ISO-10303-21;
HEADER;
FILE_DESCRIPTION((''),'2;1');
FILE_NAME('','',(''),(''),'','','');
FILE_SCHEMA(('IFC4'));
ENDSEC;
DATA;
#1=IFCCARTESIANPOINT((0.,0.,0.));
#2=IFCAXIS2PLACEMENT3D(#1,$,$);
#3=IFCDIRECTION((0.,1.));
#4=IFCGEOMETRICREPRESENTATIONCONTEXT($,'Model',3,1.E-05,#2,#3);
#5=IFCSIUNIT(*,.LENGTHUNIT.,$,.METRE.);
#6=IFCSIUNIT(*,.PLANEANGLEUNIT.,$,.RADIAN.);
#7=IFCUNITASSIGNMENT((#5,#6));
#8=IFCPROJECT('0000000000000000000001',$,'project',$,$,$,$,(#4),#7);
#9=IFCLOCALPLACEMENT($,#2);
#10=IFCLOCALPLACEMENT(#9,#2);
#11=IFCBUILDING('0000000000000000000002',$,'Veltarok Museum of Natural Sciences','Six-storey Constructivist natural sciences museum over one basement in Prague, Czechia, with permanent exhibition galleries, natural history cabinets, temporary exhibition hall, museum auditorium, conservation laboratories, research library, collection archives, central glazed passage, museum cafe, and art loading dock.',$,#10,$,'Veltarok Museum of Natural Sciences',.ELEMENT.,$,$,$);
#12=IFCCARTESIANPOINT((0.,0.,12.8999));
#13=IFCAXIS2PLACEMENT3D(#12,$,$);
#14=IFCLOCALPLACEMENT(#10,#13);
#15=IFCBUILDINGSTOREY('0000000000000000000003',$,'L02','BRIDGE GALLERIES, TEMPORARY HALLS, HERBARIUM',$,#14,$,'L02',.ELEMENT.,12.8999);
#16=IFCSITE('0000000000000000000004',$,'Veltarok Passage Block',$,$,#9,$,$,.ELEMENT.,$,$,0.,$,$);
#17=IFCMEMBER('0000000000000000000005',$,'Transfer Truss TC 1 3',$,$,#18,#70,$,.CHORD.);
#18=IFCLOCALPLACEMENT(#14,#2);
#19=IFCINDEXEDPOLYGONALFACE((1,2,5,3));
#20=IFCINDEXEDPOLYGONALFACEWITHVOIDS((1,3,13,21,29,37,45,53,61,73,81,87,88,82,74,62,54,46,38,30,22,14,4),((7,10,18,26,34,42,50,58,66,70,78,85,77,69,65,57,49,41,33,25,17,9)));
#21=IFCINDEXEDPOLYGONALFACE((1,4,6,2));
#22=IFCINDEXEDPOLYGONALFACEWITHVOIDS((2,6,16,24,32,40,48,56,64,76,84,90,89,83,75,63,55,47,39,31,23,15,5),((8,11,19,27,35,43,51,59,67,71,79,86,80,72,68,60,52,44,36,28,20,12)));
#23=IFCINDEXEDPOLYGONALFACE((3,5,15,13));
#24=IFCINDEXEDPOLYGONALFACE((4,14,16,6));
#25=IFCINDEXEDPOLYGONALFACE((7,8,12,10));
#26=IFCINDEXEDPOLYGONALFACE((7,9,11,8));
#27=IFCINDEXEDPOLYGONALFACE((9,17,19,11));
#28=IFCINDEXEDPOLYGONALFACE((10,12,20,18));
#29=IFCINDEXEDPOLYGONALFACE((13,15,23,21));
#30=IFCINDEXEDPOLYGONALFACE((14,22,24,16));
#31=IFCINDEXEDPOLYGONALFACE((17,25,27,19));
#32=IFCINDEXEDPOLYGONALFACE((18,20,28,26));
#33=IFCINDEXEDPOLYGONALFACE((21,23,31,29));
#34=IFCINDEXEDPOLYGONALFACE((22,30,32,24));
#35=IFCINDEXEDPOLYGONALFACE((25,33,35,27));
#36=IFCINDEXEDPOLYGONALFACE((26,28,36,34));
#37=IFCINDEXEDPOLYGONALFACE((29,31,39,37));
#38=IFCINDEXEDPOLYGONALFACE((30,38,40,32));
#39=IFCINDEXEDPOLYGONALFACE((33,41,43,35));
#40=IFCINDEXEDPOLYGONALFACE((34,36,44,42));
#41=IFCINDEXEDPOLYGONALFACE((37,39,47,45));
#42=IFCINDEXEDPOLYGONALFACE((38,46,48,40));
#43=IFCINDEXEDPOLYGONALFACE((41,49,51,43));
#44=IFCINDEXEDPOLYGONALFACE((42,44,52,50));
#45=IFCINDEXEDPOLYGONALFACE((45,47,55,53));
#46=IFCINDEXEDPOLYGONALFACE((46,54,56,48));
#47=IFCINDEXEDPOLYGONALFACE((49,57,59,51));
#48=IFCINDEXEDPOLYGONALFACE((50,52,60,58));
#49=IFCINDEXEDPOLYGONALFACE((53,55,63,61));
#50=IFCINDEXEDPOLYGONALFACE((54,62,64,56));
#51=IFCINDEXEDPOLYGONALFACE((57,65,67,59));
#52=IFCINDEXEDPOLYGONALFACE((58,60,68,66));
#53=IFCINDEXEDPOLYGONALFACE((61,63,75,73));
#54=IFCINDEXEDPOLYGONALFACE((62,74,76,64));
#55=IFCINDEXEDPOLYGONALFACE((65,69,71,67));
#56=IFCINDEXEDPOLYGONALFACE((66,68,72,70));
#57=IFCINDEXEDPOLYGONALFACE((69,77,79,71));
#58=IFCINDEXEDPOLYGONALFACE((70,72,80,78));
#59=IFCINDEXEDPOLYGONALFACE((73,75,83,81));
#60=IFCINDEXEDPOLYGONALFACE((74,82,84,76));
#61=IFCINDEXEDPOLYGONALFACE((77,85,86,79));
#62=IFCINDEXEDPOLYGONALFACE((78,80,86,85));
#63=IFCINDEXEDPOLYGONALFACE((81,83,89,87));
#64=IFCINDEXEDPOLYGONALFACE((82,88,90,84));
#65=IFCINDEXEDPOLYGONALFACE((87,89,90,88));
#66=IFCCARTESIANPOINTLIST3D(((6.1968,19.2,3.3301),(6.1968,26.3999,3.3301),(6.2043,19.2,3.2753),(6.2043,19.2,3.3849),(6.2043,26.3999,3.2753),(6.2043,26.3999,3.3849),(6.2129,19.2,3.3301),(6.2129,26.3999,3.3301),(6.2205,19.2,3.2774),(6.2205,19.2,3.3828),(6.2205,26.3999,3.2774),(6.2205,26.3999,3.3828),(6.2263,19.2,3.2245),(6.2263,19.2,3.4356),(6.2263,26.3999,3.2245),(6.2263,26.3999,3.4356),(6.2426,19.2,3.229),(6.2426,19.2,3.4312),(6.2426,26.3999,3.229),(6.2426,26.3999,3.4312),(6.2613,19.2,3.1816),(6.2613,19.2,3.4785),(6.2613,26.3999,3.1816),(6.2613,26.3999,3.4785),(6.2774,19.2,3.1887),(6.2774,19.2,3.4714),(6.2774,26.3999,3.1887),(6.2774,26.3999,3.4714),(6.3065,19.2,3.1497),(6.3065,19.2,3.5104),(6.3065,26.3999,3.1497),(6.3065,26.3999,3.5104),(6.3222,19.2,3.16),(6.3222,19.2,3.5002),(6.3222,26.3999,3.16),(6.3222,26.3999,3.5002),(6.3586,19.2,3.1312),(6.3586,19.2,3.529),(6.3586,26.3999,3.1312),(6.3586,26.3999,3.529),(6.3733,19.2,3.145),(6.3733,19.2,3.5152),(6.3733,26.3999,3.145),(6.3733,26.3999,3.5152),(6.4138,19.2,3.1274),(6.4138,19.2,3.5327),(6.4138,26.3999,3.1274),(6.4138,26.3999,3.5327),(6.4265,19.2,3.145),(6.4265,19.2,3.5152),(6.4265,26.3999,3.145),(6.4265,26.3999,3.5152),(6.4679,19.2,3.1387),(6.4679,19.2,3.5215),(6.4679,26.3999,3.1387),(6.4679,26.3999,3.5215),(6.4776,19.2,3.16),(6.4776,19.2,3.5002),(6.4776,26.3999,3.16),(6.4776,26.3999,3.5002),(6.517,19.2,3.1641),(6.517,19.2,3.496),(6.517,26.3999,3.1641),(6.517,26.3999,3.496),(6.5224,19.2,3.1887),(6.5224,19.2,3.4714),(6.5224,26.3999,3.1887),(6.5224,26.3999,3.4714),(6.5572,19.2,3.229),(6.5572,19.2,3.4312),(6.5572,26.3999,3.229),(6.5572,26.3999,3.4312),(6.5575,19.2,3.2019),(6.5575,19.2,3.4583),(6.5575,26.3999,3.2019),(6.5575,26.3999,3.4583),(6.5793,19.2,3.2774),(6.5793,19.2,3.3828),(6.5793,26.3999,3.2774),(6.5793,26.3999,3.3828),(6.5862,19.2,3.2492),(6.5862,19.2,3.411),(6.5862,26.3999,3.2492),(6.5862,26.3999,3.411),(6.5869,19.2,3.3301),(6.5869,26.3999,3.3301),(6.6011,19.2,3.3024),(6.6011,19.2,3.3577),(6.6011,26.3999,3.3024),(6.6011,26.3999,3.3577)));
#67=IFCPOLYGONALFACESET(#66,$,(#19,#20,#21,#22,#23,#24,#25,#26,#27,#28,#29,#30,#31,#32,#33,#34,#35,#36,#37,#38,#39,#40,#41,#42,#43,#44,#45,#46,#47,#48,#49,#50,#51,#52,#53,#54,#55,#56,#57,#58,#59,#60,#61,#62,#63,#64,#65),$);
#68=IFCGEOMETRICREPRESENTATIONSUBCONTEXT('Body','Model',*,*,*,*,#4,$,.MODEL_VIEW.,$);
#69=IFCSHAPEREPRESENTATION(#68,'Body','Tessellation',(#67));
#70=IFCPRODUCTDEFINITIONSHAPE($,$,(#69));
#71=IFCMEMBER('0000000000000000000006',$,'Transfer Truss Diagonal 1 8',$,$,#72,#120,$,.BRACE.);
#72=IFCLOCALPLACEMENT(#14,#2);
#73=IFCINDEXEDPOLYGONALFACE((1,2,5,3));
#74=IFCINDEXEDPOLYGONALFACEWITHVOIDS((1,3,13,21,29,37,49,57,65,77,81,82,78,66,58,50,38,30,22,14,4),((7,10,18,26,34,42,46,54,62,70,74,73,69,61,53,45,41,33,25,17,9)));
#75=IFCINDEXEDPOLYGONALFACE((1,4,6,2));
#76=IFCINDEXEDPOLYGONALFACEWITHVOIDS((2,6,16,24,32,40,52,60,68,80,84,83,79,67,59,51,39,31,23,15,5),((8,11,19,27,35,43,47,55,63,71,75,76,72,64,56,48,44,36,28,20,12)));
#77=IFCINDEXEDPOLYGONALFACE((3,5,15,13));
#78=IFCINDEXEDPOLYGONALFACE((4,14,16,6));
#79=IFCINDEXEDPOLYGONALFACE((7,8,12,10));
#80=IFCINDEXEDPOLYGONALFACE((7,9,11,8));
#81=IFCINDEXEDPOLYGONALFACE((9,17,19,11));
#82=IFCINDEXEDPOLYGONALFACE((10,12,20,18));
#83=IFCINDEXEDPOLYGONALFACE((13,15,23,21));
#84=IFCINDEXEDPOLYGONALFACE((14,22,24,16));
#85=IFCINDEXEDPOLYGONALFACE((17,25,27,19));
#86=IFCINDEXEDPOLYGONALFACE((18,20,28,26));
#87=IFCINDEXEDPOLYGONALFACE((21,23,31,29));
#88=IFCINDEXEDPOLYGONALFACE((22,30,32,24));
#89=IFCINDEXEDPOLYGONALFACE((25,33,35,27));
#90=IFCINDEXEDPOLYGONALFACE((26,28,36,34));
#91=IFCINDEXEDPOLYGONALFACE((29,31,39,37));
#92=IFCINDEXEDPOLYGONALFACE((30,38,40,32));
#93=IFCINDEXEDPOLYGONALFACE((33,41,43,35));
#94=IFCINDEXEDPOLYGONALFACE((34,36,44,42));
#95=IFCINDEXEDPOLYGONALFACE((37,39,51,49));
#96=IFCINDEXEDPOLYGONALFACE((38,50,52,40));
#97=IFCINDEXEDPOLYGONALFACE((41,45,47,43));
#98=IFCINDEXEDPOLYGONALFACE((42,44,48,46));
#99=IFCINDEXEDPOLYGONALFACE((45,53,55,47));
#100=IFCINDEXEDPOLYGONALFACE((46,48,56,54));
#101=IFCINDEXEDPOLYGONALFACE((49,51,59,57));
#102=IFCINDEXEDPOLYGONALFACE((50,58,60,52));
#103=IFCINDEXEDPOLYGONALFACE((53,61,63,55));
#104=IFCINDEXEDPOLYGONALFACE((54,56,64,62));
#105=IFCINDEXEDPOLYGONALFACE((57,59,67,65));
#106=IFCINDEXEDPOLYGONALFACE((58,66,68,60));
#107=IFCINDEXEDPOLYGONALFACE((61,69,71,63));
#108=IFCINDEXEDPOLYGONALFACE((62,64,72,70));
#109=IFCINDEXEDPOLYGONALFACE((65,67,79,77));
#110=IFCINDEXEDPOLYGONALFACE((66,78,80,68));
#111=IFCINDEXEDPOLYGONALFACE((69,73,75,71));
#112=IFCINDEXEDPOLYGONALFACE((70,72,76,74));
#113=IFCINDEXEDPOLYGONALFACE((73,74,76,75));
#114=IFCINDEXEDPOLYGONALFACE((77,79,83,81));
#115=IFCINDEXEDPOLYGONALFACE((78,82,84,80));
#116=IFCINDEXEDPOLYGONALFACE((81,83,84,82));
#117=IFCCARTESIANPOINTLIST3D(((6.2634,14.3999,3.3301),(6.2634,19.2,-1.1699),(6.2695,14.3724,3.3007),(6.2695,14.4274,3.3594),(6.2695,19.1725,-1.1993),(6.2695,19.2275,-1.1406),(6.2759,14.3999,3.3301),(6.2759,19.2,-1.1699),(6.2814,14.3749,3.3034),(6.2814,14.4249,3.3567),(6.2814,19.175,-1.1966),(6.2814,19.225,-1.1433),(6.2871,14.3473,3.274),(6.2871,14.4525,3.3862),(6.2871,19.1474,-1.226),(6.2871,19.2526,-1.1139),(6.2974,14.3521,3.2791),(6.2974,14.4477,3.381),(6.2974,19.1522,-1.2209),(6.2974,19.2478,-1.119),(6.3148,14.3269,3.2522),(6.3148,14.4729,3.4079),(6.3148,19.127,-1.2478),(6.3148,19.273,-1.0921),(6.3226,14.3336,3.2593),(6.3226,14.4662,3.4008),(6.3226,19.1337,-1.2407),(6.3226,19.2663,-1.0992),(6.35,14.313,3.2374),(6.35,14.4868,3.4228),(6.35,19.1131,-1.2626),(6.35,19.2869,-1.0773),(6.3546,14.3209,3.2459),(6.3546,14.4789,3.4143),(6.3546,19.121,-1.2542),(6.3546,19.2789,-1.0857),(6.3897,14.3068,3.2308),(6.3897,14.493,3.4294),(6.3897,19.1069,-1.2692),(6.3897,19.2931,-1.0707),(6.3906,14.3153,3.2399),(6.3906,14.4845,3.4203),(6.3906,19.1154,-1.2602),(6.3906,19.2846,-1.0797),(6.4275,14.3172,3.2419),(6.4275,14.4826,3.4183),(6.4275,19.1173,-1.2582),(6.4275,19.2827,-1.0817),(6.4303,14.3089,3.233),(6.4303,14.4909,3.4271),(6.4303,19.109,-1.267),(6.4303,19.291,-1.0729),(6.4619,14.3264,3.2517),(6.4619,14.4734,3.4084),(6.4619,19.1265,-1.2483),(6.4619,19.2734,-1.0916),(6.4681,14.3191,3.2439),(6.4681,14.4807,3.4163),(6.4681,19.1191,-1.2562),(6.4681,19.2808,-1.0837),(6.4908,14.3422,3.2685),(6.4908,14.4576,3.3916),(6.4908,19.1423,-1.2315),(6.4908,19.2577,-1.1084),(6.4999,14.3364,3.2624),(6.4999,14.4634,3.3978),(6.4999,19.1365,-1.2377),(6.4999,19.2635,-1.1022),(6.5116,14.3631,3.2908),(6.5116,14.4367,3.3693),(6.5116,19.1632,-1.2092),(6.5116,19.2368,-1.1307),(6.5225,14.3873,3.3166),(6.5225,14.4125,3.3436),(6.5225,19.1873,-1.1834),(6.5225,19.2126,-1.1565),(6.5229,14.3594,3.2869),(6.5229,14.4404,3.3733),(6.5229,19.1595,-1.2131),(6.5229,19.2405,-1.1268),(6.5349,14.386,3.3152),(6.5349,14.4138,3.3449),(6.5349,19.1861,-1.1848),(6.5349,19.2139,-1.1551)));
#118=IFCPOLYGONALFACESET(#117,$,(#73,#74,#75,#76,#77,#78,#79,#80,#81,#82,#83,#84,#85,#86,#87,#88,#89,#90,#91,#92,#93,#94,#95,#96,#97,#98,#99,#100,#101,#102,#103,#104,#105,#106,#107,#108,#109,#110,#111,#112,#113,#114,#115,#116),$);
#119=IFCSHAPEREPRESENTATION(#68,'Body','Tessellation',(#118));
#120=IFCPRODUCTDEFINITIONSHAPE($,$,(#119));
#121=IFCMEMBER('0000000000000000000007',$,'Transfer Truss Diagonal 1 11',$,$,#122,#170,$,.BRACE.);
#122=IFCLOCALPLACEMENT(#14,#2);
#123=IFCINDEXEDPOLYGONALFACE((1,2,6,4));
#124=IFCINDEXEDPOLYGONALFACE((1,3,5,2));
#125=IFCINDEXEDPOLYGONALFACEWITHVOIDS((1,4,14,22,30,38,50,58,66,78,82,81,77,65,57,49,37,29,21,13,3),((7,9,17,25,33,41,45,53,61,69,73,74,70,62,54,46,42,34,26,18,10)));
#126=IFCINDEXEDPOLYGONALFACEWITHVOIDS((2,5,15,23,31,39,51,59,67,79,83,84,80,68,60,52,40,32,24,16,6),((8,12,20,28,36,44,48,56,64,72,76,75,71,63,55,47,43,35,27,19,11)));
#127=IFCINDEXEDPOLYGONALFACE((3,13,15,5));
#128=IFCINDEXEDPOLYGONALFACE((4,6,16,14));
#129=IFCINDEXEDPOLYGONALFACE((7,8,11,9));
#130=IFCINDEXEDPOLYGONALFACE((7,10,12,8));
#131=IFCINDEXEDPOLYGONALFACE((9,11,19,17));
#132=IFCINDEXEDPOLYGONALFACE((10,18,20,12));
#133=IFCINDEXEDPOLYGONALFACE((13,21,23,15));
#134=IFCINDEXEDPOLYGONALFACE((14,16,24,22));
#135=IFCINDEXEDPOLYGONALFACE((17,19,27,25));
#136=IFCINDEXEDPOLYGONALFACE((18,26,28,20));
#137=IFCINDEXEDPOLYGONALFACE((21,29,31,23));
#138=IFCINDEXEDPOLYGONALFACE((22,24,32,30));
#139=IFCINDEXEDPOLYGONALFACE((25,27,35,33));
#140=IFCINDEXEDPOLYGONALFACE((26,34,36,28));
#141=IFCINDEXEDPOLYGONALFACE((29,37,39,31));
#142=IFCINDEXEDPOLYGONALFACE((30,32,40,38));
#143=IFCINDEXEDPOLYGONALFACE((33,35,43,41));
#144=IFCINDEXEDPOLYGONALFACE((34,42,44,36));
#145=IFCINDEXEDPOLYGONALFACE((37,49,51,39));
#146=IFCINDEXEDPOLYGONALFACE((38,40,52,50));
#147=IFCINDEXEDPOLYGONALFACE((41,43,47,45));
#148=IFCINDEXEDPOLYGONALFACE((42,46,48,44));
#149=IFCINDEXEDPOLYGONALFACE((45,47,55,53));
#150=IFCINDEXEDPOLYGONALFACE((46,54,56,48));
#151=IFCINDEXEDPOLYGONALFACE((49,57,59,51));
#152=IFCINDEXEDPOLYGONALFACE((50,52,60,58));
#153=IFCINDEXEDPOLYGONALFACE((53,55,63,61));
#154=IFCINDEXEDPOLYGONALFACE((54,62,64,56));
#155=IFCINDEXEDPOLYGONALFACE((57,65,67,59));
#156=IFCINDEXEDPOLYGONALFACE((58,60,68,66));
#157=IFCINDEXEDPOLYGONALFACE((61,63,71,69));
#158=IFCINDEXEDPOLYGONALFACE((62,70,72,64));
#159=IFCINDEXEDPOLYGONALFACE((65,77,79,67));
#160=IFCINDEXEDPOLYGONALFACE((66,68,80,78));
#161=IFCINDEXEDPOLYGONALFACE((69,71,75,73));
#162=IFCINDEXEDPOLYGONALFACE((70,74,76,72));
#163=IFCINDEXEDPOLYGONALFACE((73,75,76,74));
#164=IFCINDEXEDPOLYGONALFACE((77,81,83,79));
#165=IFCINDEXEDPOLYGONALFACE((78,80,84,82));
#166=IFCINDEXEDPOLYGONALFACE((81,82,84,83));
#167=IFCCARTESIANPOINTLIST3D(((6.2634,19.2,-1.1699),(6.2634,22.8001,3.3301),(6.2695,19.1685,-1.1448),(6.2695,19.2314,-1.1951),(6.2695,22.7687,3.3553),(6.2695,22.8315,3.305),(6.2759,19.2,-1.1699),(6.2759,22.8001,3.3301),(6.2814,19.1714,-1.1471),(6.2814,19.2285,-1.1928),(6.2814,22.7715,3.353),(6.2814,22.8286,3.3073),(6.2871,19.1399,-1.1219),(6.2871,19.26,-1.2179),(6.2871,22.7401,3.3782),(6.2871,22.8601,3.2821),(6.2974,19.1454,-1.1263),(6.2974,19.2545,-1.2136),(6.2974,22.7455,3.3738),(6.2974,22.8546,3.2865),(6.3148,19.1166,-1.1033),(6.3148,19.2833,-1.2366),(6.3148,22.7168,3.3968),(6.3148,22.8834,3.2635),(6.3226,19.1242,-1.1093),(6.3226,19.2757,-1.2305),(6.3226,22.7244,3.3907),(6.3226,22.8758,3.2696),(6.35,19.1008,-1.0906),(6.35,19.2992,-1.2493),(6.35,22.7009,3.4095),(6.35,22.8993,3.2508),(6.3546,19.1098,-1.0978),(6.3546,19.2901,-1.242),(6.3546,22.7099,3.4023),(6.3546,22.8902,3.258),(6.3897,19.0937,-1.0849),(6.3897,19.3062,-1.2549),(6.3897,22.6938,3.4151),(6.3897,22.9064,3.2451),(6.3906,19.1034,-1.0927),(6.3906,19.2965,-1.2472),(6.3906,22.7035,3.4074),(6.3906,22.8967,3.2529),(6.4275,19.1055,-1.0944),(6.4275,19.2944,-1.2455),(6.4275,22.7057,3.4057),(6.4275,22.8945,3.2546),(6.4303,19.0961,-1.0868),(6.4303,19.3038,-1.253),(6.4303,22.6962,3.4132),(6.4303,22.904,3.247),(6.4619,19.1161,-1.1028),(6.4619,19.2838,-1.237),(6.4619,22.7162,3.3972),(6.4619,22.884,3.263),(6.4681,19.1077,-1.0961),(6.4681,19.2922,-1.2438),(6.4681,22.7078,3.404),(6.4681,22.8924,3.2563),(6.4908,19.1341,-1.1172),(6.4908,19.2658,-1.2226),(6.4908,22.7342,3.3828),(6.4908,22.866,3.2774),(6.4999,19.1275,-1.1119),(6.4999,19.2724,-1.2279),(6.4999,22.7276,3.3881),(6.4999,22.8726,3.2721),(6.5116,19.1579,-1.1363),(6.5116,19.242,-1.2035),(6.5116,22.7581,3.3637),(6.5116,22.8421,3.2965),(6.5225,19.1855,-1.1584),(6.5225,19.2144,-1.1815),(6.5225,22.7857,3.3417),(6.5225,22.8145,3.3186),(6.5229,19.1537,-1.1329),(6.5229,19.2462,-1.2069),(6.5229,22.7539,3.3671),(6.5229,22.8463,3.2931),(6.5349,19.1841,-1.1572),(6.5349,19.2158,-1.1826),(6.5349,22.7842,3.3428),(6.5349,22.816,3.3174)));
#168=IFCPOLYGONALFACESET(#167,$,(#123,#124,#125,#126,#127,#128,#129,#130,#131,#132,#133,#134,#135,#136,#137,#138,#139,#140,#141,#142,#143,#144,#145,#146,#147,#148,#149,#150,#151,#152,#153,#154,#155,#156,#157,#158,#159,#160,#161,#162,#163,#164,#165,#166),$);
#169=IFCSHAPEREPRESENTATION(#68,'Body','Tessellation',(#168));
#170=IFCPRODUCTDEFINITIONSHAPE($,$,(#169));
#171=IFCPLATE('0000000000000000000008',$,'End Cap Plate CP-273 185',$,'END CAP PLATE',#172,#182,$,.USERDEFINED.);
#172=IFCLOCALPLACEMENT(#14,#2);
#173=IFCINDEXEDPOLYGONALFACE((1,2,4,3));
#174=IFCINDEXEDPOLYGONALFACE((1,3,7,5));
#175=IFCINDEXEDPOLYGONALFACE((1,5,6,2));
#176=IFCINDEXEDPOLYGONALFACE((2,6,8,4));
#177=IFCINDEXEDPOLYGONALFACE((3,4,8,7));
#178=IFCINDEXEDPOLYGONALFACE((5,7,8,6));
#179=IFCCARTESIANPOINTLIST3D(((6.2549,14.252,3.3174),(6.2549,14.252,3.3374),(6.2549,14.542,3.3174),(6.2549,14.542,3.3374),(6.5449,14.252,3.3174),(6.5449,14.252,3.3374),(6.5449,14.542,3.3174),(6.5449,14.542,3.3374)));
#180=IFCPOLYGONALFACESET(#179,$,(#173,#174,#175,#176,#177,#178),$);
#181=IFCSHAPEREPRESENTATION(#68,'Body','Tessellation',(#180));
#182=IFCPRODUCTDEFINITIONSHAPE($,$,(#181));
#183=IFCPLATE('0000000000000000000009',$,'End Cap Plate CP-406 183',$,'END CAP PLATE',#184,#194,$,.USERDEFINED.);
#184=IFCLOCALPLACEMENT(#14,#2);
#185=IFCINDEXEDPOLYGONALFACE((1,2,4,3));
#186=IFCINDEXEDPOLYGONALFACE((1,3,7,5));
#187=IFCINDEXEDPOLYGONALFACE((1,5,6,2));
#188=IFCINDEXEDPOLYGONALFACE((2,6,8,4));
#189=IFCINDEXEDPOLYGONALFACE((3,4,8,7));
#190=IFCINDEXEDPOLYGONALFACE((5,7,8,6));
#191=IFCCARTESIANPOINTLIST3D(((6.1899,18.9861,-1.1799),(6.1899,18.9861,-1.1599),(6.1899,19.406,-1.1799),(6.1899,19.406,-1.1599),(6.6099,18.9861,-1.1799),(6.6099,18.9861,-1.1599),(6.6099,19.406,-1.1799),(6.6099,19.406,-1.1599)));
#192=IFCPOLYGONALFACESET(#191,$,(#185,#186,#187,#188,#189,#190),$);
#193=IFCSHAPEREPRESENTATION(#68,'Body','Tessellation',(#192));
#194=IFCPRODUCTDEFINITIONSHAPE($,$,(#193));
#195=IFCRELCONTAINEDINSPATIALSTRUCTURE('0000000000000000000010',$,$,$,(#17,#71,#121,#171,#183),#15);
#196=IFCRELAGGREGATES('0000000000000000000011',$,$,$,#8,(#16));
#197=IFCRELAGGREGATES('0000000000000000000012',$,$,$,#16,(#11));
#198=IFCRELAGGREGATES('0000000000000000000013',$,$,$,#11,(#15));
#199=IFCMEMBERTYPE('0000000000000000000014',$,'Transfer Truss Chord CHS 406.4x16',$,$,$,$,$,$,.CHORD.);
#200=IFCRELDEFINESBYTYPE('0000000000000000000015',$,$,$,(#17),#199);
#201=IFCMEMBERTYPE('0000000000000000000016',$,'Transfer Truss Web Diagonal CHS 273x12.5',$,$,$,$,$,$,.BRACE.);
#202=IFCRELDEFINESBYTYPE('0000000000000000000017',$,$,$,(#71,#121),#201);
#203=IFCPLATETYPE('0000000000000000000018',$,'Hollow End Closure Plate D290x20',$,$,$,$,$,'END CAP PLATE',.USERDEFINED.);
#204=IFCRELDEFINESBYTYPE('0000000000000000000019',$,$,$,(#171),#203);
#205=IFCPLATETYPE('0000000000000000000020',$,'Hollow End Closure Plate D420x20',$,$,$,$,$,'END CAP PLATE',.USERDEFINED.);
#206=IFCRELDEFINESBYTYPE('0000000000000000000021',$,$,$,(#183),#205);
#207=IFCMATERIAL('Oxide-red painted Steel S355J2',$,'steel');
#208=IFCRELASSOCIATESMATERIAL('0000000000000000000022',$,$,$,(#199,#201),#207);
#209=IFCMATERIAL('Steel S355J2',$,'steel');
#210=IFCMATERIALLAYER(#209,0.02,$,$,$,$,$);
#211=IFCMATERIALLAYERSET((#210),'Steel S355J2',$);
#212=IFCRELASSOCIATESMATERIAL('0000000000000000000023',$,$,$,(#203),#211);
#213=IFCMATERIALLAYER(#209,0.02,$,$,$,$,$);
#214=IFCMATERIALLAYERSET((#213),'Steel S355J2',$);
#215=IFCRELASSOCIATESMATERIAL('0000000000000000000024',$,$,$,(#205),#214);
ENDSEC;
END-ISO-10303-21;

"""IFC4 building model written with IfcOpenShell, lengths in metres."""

from ifc_helpers import new_model, si_unit, direction, frame, origin, origin_2d, place, context, subcontext, project, spatial, rectangle, hollow_circle, extrude, material, layer, layer_set, material_profile, profile_set, type_object, element, save


model = new_model("IFC4")

# Units and contexts
model_context = context("Model", 3, precision=1e-05, world=origin(), true_north=direction((0.0, 1.0)))
body_context = subcontext(model_context, "Body", "Model", "MODEL_VIEW")
ifc_project = project(units=[si_unit("LENGTHUNIT", "METRE"), si_unit("PLANEANGLEUNIT", "RADIAN")], contexts=[model_context])

# Site, building, storey
site_placement = place(None, origin())
site = spatial("IfcSite", under=ifc_project, at=site_placement, Name="Veltarok Passage Block", CompositionType="ELEMENT", RefElevation=0.0)
building_placement = place(site_placement, origin())
building = spatial("IfcBuilding", under=site, at=building_placement, Name="Veltarok Museum of Natural Sciences", Description="Six-storey Constructivist natural sciences museum over one basement in Prague, Czechia, with permanent exhibition galleries, natural history cabinets, temporary exhibition hall, museum auditorium, conservation laboratories, research library, collection archives, central glazed passage, museum cafe, and art loading dock.", LongName="Veltarok Museum of Natural Sciences", CompositionType="ELEMENT")
storey_placement = place(building_placement, frame((0.0, 0.0, 12.8999)))
storey = spatial("IfcBuildingStorey", under=building, at=storey_placement, Name="L02", Description="BRIDGE GALLERIES, TEMPORARY HALLS, HERBARIUM", LongName="L02", CompositionType="ELEMENT", Elevation=12.8999)

# Shared definitions
ifc_material_1 = material(Name="Steel S355J2", Category="steel")

# Shared definitions
ifc_material_2 = material(Name="Oxide-red painted Steel S355J2", Category="steel")

# Members
ifc_material_profile_1 = material_profile(ifc_material_2, hollow_circle(Radius=0.2031, WallThickness=0.0161, at=origin_2d()), Name="CHS 406.4x16")
ifc_profile_set_1 = profile_set([ifc_material_profile_1], Name="Oxide-red painted Steel S355J2")
member_type_1 = type_object("IfcMemberType", Name="Transfer Truss Chord CHS 406.4x16", PredefinedType="CHORD", material=ifc_profile_set_1)
for number, where, z_axis, x_axis, name in (
    (1, (6.3999, 19.2, 3.3301), (0.0, 1.0, 0.0), (-1.0, 0.0, 0.0), "Transfer Truss TC 1 3"),
):
    element("IfcMember", number, at=place(storey_placement, frame(where, z_axis=z_axis, x_axis=x_axis)), inside=storey, type_object=member_type_1, Name=name, PredefinedType="CHORD", context=body_context, shape_type="SweptSolid", body=[
        extrude(hollow_circle(Radius=0.2031, WallThickness=0.0161, at=origin_2d()), origin(), (0.0, 0.0, 1.0), 7.2),
    ])
ifc_material_profile_2 = material_profile(ifc_material_2, hollow_circle(Radius=0.1365, WallThickness=0.0125, at=origin_2d()), Name="CHS 273x12.5")
ifc_profile_set_2 = profile_set([ifc_material_profile_2], Name="Oxide-red painted Steel S355J2")
member_type_2 = type_object("IfcMemberType", Name="Transfer Truss Web Diagonal CHS 273x12.5", PredefinedType="BRACE", material=ifc_profile_set_2)
member_1_placement = place(storey_placement, frame((6.3999, 14.3999, 3.3301), z_axis=(0.0, 0.729541, -0.683937), x_axis=(-1.0, 0.0, 0.0)))
element("IfcMember", 2, at=member_1_placement, inside=storey, type_object=member_type_2, Name="Transfer Truss Diagonal 1 8", PredefinedType="BRACE", context=body_context, shape_type="SweptSolid", body=[
    extrude(hollow_circle(Radius=0.1365, WallThickness=0.0125, at=origin_2d()), origin(), (0.0, 0.0, 1.0), 6.5796),
])
member_2_placement = place(storey_placement, frame((6.3999, 19.2, -1.1699), z_axis=(0.0, 0.624705, 0.780861), x_axis=(-1.0, 0.0, 0.0)))
element("IfcMember", 3, at=member_2_placement, inside=storey, type_object=member_type_2, Name="Transfer Truss Diagonal 1 11", PredefinedType="BRACE", context=body_context, shape_type="SweptSolid", body=[
    extrude(hollow_circle(Radius=0.1365, WallThickness=0.0125, at=origin_2d()), origin(), (0.0, 0.0, 1.0), 5.7629),
])

# Plates
ifc_layer_1 = layer(ifc_material_1, 0.02)
ifc_layer_set_1 = layer_set([ifc_layer_1], Name="Steel S355J2")
plate_type_1 = type_object("IfcPlateType", Name="Hollow End Closure Plate D290x20", ElementType="END CAP PLATE", PredefinedType="USERDEFINED", material=ifc_layer_set_1)
plate_1_placement = place(storey_placement, frame((6.3999, 14.397, 3.3174), z_axis=(0.0, 0.0, 1.0), x_axis=(0.0, 1.0, 0.0)))
element("IfcPlate", 4, at=plate_1_placement, inside=storey, type_object=plate_type_1, Name="End Cap Plate CP-273 185", ObjectType="END CAP PLATE", PredefinedType="USERDEFINED", context=body_context, shape_type="SweptSolid", body=[
    extrude(rectangle(XDim=0.29, YDim=0.29, at=origin_2d()), origin(), (0.0, 0.0, 1.0), 0.02),
])
ifc_layer_2 = layer(ifc_material_1, 0.02)
ifc_layer_set_2 = layer_set([ifc_layer_2], Name="Steel S355J2")
plate_type_2 = type_object("IfcPlateType", Name="Hollow End Closure Plate D420x20", ElementType="END CAP PLATE", PredefinedType="USERDEFINED", material=ifc_layer_set_2)
for number, where, z_axis, x_axis, name in (
    (5, (6.3999, 19.196, -1.1799), (0.0, 0.0, 1.0), (0.0, 1.0, 0.0), "End Cap Plate CP-406 183"),
):
    element("IfcPlate", number, at=place(storey_placement, frame(where, z_axis=z_axis, x_axis=x_axis)), inside=storey, type_object=plate_type_2, Name=name, ObjectType="END CAP PLATE", PredefinedType="USERDEFINED", context=body_context, shape_type="SweptSolid", body=[
        extrude(rectangle(XDim=0.4199, YDim=0.4199, at=origin_2d()), origin(), (0.0, 0.0, 1.0), 0.02),
    ])

save(model, "model.ifc")
